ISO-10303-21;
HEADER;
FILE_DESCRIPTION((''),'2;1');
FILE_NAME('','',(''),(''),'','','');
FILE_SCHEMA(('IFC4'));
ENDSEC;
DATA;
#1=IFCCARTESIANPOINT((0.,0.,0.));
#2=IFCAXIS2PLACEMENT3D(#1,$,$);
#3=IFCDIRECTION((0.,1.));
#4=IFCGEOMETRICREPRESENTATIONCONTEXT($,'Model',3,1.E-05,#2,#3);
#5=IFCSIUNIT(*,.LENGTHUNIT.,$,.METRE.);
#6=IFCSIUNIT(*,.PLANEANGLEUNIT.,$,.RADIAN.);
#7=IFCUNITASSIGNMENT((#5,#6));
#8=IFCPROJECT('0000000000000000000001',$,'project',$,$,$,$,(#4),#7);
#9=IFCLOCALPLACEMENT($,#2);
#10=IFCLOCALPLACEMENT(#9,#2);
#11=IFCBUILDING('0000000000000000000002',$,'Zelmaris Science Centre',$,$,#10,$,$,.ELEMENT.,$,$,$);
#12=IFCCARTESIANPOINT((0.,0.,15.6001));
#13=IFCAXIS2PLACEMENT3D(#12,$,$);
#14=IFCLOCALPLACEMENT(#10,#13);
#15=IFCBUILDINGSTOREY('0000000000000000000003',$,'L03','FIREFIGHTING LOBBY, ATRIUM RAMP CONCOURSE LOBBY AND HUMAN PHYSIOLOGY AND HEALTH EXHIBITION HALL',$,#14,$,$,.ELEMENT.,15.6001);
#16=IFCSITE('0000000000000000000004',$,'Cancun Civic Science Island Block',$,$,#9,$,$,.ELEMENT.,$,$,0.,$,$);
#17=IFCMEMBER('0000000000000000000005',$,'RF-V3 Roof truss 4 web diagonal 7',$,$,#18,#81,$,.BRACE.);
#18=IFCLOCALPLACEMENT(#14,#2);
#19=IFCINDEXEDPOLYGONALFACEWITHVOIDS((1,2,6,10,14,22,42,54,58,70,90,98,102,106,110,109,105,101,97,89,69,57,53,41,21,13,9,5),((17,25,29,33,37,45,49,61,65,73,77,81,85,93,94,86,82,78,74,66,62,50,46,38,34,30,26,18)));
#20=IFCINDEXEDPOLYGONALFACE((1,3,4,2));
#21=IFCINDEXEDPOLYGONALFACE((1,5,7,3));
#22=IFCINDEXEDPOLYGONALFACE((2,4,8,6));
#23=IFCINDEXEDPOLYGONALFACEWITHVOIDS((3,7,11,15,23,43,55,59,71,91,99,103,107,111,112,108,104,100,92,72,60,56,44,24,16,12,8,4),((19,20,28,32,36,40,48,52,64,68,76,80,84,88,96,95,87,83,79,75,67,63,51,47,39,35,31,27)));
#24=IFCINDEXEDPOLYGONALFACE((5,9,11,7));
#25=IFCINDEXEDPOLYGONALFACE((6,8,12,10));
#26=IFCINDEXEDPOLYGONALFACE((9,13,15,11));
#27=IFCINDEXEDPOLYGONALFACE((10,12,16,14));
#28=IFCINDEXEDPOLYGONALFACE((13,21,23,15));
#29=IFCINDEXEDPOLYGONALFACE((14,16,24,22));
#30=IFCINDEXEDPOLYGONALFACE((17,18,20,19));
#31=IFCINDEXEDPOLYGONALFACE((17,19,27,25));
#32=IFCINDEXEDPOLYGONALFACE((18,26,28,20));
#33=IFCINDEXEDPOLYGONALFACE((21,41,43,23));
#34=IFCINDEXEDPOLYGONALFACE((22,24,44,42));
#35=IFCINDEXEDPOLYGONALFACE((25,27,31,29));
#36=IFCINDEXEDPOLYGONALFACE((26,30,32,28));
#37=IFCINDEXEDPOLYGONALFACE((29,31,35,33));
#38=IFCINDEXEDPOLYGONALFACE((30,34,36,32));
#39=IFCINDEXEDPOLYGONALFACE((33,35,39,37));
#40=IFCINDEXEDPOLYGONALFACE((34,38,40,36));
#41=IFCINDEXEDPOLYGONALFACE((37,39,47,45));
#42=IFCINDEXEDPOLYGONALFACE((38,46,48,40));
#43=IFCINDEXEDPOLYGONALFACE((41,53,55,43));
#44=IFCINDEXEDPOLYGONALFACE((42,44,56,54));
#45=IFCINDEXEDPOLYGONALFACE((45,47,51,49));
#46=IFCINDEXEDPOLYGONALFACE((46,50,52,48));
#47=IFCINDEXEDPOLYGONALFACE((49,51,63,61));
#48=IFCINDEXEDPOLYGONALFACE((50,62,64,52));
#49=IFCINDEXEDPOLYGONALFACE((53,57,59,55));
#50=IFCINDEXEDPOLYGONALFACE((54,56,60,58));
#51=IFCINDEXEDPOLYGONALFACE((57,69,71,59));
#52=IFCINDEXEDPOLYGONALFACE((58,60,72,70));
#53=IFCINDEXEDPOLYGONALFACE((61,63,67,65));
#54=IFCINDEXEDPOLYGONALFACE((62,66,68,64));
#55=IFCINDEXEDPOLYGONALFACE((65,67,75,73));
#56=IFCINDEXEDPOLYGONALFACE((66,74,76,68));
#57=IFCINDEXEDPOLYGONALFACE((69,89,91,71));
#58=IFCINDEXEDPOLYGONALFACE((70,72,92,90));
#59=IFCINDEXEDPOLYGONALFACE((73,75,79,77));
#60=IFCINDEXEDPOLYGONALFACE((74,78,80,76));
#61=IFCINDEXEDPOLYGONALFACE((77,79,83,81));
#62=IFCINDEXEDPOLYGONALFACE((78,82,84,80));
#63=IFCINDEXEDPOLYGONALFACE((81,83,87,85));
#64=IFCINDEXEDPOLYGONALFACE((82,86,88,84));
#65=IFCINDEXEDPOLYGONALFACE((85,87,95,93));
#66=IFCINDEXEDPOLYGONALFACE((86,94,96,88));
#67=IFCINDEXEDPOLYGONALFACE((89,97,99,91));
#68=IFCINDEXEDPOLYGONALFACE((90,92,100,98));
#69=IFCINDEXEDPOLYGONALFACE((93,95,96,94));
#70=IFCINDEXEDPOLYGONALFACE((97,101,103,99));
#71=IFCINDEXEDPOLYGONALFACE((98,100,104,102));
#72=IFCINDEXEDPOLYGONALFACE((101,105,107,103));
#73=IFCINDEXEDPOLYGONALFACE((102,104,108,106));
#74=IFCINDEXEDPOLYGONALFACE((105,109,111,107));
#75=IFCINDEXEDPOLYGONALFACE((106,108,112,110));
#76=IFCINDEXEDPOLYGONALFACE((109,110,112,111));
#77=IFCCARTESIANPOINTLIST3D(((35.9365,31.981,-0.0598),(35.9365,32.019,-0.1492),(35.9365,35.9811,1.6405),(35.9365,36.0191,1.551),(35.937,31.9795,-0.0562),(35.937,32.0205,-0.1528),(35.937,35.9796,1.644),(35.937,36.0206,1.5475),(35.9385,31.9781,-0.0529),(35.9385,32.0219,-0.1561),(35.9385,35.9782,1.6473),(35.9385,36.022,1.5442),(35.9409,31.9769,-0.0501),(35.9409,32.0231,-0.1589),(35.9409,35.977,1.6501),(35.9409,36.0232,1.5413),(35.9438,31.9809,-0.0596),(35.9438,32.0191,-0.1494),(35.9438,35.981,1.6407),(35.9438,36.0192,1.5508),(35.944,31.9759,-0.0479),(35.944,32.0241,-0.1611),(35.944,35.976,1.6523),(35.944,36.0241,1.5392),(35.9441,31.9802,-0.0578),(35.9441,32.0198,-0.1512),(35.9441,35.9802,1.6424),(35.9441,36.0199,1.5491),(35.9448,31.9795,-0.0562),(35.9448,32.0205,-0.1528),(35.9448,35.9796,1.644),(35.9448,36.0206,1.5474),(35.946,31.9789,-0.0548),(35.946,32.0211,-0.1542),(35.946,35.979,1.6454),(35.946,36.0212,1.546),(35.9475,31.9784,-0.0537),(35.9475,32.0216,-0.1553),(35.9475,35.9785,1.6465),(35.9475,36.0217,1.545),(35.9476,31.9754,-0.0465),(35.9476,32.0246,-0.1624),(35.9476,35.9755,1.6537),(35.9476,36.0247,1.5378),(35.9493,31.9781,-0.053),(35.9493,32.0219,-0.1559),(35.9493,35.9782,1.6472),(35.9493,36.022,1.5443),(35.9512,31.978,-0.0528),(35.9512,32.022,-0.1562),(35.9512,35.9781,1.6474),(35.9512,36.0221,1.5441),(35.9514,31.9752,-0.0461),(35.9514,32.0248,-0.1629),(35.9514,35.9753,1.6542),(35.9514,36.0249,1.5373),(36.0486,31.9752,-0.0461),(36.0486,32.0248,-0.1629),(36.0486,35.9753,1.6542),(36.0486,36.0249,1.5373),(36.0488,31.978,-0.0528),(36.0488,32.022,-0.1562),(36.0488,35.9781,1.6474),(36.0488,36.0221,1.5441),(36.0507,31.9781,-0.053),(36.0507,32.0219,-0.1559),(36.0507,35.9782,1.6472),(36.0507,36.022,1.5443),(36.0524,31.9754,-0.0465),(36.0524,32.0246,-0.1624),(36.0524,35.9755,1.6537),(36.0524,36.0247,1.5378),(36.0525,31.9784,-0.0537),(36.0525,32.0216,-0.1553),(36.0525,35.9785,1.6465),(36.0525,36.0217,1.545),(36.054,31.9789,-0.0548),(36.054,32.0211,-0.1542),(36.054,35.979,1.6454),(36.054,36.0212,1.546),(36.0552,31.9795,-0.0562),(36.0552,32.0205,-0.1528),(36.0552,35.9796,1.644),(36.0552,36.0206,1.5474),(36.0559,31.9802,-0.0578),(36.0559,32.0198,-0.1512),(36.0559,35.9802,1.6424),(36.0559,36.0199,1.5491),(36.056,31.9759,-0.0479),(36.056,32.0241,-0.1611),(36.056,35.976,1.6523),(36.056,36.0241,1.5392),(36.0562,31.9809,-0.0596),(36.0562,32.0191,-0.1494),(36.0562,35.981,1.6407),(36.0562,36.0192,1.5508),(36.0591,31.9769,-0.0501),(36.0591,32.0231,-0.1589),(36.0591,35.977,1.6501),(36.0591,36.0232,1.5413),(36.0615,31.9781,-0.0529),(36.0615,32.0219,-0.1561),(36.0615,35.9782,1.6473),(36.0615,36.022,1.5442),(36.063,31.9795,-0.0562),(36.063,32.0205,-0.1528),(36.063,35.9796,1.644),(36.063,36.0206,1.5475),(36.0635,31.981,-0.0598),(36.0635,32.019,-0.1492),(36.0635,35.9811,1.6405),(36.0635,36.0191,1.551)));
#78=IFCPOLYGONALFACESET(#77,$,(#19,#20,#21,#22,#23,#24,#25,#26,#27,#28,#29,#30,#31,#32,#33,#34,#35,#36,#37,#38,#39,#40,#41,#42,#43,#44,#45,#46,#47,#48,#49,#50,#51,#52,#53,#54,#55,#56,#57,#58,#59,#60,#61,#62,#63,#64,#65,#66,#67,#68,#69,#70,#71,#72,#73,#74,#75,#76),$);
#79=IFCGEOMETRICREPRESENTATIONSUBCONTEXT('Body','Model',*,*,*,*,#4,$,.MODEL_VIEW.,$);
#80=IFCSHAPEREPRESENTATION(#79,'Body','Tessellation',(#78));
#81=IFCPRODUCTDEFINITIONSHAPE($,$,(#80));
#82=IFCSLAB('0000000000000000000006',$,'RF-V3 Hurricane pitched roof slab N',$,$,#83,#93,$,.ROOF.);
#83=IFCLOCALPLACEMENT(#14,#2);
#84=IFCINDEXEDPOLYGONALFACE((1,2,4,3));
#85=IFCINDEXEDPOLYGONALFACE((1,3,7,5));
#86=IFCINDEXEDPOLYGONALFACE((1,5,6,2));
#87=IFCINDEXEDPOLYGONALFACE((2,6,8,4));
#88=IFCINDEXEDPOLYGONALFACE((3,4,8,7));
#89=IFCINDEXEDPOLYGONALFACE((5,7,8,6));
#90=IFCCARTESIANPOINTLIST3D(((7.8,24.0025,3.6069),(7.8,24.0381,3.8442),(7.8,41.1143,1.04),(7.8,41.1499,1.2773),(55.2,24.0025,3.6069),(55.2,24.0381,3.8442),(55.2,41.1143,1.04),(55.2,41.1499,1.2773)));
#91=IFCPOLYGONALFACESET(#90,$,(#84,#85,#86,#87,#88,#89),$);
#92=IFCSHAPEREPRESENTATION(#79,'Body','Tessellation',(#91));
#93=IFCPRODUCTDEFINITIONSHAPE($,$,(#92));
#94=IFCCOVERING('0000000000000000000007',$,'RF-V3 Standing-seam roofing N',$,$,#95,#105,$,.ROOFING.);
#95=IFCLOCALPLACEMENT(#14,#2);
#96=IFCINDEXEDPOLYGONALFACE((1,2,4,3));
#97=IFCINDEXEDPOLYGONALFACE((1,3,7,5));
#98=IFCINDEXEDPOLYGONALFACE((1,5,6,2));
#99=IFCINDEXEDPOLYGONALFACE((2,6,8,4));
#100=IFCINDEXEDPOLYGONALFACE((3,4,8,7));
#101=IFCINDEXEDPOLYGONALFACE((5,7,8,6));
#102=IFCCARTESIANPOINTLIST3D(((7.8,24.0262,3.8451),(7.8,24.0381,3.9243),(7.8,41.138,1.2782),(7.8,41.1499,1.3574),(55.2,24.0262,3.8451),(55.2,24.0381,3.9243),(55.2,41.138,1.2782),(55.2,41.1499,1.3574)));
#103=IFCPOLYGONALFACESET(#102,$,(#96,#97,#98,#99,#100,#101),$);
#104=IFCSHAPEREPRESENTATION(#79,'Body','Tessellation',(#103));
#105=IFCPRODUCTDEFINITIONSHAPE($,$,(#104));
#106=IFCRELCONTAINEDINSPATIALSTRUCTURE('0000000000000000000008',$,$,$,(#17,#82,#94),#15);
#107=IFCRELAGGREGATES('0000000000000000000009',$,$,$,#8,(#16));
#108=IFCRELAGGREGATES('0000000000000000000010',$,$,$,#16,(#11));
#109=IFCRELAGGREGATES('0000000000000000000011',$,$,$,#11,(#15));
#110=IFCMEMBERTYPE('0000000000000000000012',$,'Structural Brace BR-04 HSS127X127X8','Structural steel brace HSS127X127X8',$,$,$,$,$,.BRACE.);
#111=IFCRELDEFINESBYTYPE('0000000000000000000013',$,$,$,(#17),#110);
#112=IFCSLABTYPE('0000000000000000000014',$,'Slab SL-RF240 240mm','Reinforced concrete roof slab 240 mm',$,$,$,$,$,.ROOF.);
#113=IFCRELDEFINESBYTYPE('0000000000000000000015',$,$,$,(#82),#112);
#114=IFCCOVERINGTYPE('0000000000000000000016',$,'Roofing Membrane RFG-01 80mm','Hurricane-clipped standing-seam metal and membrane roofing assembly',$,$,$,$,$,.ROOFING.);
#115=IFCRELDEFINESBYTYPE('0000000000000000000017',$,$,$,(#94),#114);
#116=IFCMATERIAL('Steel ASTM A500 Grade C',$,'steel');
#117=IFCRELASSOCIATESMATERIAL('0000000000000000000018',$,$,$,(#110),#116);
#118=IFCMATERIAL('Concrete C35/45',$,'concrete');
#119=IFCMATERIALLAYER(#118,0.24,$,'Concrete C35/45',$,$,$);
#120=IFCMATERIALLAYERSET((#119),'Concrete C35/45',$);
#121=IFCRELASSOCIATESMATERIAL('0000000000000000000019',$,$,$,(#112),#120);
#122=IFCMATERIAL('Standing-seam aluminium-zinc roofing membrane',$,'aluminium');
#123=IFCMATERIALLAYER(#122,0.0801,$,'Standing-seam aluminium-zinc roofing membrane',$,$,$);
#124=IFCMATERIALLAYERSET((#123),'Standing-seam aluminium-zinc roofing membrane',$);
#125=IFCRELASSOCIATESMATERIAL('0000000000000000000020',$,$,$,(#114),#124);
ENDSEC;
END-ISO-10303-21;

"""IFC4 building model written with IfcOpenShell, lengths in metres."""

from ifc_helpers import new_model, si_unit, direction, frame, origin, origin_2d, place, context, subcontext, project, spatial, polyline, hollow_rectangle, outline, extrude, material, layer, layer_set, material_profile, profile_set, type_object, element, save


model = new_model("IFC4")

# Units and contexts
model_context = context("Model", 3, precision=1e-05, world=origin(), true_north=direction((0.0, 1.0)))
body_context = subcontext(model_context, "Body", "Model", "MODEL_VIEW")
ifc_project = project(units=[si_unit("LENGTHUNIT", "METRE"), si_unit("PLANEANGLEUNIT", "RADIAN")], contexts=[model_context])

# Site, building, storey
site_placement = place(None, origin())
site = spatial("IfcSite", under=ifc_project, at=site_placement, Name="Cancun Civic Science Island Block", CompositionType="ELEMENT", RefElevation=0.0)
building_placement = place(site_placement, origin())
building = spatial("IfcBuilding", under=site, at=building_placement, Name="Zelmaris Science Centre", CompositionType="ELEMENT")
storey_placement = place(building_placement, frame((0.0, 0.0, 15.6001)))
storey = spatial("IfcBuildingStorey", under=building, at=storey_placement, Name="L03", Description="FIREFIGHTING LOBBY, ATRIUM RAMP CONCOURSE LOBBY AND HUMAN PHYSIOLOGY AND HEALTH EXHIBITION HALL", CompositionType="ELEMENT", Elevation=15.6001)

# Shared definitions
ifc_material_1 = material(Name="Steel ASTM A500 Grade C", Category="steel")

# Member
ifc_material_profile_1 = material_profile(ifc_material_1, hollow_rectangle(XDim=0.127, YDim=0.127, WallThickness=0.0073, InnerFilletRadius=0.0073, OuterFilletRadius=0.0149, at=origin_2d()), Name="HSS127X127X8")
ifc_profile_set_1 = profile_set([ifc_material_profile_1], Name="Steel ASTM A500 Grade C")
member_type_1 = type_object("IfcMemberType", Name="Structural Brace BR-04 HSS127X127X8", Description="Structural steel brace HSS127X127X8", PredefinedType="BRACE", material=ifc_profile_set_1)
member_1_placement = place(storey_placement, frame((36.0, 32.0, -0.1045), z_axis=(0.0, 0.920315, 0.391179), x_axis=(-1.0, 0.0, 0.0)))
element("IfcMember", 1, at=member_1_placement, inside=storey, type_object=member_type_1, Name="RF-V3 Roof truss 4 web diagonal 7", PredefinedType="BRACE", context=body_context, shape_type="SweptSolid", body=[
    extrude(hollow_rectangle(XDim=0.127, YDim=0.127, WallThickness=0.0073, InnerFilletRadius=0.0073, OuterFilletRadius=0.0149, at=origin_2d()), origin(), (0.0, 0.0, 1.0), 4.3464),
])

# Slab
ifc_material_2 = material(Name="Concrete C35/45", Category="concrete")
ifc_layer_1 = layer(ifc_material_2, 0.24, Name="Concrete C35/45")
ifc_layer_set_1 = layer_set([ifc_layer_1], Name="Concrete C35/45")
slab_type = type_object("IfcSlabType", Name="Slab SL-RF240 240mm", Description="Reinforced concrete roof slab 240 mm", PredefinedType="ROOF", material=ifc_layer_set_1)
slab_placement = place(storey_placement, frame((7.8, 24.0381, 3.8442), z_axis=(0.0, 0.148347, 0.988935), x_axis=(1.0, 0.0, 0.0)))
element("IfcSlab", 2, at=slab_placement, inside=storey, type_object=slab_type, Name="RF-V3 Hurricane pitched roof slab N", PredefinedType="ROOF", context=body_context, shape_type="SweptSolid", body=[
    extrude(outline(polyline([(0.0, 0.0), (47.3999, 0.0), (47.3999, 17.3033), (0.0, 17.3033), (0.0, 0.0)])), origin(), (0.0, 0.0, -1.0), 0.24),
])

# Covering
ifc_material_3 = material(Name="Standing-seam aluminium-zinc roofing membrane", Category="aluminium")
ifc_layer_2 = layer(ifc_material_3, 0.0801, Name="Standing-seam aluminium-zinc roofing membrane")
ifc_layer_set_2 = layer_set([ifc_layer_2], Name="Standing-seam aluminium-zinc roofing membrane")
covering_type = type_object("IfcCoveringType", Name="Roofing Membrane RFG-01 80mm", Description="Hurricane-clipped standing-seam metal and membrane roofing assembly", PredefinedType="ROOFING", material=ifc_layer_set_2)
covering_placement = place(storey_placement, frame((7.8, 24.0381, 3.9243), z_axis=(0.0, 0.148347, 0.988935), x_axis=(1.0, 0.0, 0.0)))
element("IfcCovering", 3, at=covering_placement, inside=storey, type_object=covering_type, Name="RF-V3 Standing-seam roofing N", PredefinedType="ROOFING", context=body_context, shape_type="SweptSolid", body=[
    extrude(outline(polyline([(0.0, 0.0), (47.3999, 0.0), (47.3999, 17.3033), (0.0, 17.3033), (0.0, 0.0)])), origin(), (0.0, 0.0, -1.0), 0.0801),
])

save(model, "model.ifc")
